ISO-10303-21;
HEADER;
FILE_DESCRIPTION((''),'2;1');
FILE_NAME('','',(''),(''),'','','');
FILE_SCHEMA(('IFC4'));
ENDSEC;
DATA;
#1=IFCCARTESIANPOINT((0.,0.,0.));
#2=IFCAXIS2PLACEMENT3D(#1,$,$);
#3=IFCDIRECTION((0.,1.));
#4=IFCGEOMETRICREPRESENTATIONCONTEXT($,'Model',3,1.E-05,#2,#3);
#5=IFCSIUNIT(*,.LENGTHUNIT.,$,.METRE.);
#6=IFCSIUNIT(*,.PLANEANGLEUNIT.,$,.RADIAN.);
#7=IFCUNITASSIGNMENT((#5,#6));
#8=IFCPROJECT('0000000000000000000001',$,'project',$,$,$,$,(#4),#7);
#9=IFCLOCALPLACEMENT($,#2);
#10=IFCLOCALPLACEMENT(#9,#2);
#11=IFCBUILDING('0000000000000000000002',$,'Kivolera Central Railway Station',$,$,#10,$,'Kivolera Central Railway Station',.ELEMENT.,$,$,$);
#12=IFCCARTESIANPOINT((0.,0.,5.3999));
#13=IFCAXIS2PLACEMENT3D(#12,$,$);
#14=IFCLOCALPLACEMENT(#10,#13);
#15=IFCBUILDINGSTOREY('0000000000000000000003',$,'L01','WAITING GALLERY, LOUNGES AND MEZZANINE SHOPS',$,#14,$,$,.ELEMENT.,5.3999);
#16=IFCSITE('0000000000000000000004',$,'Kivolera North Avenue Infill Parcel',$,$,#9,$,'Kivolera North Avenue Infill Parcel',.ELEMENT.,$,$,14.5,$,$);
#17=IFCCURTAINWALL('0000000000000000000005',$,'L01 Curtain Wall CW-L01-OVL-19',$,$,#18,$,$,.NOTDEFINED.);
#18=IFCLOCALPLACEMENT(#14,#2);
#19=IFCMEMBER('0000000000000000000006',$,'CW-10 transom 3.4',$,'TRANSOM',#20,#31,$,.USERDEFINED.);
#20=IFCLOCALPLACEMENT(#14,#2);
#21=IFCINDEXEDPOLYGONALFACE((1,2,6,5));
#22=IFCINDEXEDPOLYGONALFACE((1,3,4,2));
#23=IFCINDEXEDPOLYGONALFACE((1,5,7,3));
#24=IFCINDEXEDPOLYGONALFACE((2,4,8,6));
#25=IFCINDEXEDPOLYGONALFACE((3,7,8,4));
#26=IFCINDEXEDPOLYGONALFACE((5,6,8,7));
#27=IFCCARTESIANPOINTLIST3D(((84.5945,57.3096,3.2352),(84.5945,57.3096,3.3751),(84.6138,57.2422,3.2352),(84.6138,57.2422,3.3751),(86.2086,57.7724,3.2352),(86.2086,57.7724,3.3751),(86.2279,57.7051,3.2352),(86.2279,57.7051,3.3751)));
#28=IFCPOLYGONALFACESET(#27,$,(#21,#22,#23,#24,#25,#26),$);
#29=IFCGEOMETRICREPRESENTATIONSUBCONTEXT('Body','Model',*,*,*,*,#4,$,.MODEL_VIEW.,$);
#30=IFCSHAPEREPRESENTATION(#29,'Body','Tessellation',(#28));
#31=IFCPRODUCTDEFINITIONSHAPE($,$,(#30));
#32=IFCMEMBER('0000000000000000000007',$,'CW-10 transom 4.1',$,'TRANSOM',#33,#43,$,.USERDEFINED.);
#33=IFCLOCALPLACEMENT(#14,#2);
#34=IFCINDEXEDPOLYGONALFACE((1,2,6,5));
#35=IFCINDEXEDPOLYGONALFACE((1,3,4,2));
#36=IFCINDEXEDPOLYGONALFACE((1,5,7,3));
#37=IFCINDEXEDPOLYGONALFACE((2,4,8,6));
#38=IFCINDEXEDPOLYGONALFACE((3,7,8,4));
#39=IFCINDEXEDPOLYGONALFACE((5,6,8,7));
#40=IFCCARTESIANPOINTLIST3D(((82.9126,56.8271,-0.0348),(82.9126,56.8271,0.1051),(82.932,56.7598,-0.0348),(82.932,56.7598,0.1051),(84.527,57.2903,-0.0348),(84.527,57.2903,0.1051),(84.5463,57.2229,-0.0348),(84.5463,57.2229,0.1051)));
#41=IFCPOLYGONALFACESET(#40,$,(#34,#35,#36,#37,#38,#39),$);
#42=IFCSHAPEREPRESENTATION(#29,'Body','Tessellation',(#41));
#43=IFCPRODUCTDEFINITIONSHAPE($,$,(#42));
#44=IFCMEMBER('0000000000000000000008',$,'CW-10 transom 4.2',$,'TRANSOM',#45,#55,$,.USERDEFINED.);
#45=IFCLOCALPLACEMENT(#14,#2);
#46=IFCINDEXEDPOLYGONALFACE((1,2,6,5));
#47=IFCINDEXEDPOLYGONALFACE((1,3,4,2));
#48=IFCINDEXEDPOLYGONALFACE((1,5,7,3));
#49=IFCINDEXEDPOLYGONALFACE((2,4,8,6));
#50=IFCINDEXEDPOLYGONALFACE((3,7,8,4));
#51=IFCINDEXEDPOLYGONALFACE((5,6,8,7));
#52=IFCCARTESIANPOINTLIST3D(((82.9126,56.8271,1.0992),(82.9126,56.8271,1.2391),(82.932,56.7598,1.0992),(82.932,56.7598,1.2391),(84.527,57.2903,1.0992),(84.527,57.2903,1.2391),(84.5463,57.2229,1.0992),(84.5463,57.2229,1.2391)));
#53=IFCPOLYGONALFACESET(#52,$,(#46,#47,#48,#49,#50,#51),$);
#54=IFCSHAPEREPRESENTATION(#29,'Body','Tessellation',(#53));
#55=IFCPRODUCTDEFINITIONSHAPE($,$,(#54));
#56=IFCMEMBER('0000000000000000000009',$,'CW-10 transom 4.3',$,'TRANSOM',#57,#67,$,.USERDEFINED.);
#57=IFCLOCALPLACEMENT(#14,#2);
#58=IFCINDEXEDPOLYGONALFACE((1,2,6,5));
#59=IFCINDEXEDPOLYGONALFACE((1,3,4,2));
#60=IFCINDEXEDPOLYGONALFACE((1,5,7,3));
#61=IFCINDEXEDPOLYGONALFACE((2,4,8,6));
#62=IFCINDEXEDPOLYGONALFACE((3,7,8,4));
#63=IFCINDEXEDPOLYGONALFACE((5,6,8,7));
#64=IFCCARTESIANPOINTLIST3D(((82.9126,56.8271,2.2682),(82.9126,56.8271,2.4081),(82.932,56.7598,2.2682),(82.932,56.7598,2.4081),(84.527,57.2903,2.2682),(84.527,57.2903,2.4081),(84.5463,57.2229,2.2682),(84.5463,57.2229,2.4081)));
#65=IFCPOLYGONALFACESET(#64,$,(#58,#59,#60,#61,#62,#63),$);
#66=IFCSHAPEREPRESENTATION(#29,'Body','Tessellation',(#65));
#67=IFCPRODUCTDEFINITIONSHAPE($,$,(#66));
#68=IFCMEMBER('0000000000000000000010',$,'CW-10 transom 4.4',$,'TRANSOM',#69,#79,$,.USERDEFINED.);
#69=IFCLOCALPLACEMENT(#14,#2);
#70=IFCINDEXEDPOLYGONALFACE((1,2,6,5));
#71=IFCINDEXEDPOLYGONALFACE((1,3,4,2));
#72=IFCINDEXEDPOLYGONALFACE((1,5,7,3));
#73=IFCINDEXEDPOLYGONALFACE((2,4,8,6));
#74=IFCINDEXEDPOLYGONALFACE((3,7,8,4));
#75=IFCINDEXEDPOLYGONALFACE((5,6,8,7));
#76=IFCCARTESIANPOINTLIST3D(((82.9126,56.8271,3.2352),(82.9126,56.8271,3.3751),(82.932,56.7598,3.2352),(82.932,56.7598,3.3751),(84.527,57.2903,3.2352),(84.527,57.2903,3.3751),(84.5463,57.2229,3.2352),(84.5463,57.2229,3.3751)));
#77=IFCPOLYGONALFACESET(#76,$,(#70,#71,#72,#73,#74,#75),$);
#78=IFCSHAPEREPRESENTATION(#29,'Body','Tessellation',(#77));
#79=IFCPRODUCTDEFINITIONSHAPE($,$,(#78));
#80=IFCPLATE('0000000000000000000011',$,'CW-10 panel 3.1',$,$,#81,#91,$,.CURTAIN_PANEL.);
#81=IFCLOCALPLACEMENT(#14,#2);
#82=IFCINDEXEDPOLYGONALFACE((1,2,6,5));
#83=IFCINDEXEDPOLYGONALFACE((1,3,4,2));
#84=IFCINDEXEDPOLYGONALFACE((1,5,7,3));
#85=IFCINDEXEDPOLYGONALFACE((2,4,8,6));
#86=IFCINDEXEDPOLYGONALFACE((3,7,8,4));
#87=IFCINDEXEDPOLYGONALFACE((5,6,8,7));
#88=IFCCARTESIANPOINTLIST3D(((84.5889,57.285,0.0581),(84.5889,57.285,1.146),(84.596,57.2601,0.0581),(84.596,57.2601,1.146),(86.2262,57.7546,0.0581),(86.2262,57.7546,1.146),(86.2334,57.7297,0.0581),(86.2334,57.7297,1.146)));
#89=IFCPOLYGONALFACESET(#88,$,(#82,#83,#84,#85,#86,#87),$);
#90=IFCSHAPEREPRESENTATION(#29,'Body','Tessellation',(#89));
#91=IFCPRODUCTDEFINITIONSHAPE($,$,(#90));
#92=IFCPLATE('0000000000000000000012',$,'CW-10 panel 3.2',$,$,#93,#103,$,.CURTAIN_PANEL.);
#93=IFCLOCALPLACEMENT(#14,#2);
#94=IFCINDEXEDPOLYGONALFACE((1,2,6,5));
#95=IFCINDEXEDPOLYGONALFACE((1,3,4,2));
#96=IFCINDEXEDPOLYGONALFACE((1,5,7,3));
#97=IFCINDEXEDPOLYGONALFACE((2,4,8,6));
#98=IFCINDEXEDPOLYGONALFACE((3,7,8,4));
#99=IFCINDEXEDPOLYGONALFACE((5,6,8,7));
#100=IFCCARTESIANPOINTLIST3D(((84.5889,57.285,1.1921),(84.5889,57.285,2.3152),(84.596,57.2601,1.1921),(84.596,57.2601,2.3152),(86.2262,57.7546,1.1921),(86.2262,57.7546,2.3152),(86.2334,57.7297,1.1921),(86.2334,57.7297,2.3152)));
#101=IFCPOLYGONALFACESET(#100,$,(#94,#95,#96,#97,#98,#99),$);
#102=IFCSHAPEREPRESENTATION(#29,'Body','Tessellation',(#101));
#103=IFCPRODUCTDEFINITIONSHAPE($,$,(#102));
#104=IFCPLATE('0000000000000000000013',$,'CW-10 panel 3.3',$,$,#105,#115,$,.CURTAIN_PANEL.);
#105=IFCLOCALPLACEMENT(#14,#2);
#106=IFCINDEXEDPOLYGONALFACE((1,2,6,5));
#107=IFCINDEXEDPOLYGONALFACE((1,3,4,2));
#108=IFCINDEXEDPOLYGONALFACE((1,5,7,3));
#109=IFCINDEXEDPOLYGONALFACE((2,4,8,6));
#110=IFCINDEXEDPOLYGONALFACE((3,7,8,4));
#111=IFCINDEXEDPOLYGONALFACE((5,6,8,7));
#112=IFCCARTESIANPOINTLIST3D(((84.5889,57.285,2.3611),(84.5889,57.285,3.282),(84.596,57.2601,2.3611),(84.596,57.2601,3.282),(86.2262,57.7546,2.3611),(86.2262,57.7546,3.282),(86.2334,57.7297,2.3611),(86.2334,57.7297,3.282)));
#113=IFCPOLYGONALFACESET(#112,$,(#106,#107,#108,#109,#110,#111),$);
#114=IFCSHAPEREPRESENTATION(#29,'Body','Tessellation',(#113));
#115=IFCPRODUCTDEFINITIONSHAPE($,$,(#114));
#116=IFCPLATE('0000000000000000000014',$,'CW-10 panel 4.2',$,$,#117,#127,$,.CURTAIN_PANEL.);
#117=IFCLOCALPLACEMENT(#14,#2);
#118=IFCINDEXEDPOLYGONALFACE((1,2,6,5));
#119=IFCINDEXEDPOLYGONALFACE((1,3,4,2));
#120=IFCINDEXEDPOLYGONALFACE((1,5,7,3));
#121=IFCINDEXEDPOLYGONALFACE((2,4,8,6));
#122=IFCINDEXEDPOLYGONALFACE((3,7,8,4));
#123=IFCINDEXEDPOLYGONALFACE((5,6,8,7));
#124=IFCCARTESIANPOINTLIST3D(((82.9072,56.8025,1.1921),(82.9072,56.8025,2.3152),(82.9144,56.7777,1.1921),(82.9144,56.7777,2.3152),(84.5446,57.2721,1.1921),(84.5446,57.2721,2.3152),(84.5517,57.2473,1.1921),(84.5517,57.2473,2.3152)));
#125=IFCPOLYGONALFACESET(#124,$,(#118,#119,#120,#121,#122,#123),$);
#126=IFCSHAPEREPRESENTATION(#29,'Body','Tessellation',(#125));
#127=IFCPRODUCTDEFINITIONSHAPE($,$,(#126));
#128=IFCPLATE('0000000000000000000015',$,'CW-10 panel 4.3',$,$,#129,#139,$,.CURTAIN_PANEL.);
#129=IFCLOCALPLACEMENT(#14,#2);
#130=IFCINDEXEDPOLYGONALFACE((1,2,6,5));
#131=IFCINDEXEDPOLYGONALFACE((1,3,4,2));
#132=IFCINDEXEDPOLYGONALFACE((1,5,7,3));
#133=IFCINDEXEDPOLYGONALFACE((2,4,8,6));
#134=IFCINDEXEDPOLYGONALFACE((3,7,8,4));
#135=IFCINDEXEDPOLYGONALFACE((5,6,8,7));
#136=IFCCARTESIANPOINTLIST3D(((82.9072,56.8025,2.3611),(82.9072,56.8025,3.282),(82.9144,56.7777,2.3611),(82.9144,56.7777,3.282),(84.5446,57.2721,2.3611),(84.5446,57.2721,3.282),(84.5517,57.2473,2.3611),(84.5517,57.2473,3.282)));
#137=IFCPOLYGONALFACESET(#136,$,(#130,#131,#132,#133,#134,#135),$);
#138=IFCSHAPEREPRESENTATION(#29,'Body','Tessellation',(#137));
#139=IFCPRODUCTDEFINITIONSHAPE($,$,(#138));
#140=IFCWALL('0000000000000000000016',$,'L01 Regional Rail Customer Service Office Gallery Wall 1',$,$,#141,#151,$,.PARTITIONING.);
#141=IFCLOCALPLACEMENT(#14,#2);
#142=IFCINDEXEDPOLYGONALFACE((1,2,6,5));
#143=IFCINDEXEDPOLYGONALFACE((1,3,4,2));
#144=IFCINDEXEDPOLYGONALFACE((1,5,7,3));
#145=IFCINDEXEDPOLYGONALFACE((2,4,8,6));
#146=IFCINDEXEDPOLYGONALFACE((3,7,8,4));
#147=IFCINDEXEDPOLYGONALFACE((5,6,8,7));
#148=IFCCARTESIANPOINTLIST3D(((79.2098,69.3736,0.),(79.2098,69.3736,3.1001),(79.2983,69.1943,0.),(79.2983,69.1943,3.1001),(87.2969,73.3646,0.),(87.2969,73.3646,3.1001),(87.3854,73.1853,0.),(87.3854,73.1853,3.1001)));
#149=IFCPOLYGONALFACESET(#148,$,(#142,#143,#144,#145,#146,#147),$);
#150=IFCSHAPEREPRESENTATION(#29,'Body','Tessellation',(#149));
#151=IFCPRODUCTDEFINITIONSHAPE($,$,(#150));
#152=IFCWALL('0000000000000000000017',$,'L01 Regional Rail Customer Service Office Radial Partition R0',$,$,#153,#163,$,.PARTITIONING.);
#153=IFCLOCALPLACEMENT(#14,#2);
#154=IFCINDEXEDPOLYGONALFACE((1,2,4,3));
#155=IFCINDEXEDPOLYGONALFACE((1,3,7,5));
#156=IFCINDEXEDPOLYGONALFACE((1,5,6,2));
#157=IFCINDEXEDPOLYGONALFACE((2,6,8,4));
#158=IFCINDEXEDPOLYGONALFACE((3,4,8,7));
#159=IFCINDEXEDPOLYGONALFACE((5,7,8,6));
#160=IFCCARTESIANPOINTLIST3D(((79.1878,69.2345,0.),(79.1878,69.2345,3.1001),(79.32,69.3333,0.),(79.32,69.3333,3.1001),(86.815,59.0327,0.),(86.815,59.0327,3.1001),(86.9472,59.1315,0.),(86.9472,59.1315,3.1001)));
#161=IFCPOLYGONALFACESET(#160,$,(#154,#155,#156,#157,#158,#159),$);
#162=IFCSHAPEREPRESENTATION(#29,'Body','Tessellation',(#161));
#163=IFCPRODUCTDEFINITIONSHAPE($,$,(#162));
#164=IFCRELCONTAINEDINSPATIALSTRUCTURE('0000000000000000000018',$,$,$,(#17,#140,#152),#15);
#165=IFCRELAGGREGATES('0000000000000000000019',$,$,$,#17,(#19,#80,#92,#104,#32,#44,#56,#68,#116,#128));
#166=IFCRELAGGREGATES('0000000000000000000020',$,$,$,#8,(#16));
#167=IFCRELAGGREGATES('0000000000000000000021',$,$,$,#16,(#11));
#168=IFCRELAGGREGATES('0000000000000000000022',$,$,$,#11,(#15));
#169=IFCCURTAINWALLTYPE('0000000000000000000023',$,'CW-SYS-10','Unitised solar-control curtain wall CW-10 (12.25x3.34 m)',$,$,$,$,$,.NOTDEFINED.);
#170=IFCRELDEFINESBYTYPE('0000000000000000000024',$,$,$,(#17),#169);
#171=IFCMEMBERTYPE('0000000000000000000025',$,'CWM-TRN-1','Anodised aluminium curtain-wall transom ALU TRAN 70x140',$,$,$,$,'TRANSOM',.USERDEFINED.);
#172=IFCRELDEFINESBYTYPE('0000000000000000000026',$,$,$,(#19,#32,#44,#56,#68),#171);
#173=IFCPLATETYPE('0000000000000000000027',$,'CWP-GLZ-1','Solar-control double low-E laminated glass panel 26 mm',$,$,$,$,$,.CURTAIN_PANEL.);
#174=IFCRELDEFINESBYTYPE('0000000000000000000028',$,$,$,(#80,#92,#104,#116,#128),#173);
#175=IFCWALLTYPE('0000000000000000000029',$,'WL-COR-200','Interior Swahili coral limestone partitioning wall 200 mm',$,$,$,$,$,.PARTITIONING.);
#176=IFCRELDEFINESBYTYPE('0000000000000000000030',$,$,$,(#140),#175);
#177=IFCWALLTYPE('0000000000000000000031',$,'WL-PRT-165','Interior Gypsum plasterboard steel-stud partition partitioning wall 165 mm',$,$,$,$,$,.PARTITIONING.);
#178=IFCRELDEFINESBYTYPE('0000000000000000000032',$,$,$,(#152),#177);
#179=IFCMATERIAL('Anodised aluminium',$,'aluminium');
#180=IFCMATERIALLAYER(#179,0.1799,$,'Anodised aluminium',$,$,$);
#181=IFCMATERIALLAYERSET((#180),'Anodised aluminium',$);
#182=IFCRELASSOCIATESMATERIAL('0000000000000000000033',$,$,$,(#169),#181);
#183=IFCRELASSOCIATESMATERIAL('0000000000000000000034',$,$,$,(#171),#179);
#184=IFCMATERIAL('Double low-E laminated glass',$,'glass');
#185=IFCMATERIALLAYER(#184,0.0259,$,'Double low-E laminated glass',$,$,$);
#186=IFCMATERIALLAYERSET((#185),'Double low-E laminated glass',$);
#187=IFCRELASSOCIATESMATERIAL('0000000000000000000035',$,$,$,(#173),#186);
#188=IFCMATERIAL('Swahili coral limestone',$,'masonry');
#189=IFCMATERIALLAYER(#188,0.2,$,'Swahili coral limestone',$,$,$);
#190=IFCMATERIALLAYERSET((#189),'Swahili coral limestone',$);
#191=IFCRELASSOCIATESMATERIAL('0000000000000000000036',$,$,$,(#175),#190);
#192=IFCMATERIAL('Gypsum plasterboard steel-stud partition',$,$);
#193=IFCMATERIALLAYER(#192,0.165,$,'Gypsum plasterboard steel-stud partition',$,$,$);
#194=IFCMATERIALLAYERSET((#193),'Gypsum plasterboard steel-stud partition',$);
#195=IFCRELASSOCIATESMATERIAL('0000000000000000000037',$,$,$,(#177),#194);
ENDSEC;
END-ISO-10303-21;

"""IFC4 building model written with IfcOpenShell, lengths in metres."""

from ifc_helpers import new_model, si_unit, direction, frame, frame_2d, origin, origin_2d, place, context, subcontext, project, spatial, rectangle, extrude, material, layer, layer_set, material_profile, profile_set, type_object, element, aggregate, save


model = new_model("IFC4")

# Units and contexts
model_context = context("Model", 3, precision=1e-05, world=origin(), true_north=direction((0.0, 1.0)))
body_context = subcontext(model_context, "Body", "Model", "MODEL_VIEW")
ifc_project = project(units=[si_unit("LENGTHUNIT", "METRE"), si_unit("PLANEANGLEUNIT", "RADIAN")], contexts=[model_context])

# Site, building, storey
site_placement = place(None, origin())
site = spatial("IfcSite", under=ifc_project, at=site_placement, Name="Kivolera North Avenue Infill Parcel", LongName="Kivolera North Avenue Infill Parcel", CompositionType="ELEMENT", RefElevation=14.5)
building_placement = place(site_placement, origin())
building = spatial("IfcBuilding", under=site, at=building_placement, Name="Kivolera Central Railway Station", LongName="Kivolera Central Railway Station", CompositionType="ELEMENT")
storey_placement = place(building_placement, frame((0.0, 0.0, 5.3999)))
storey = spatial("IfcBuildingStorey", under=building, at=storey_placement, Name="L01", Description="WAITING GALLERY, LOUNGES AND MEZZANINE SHOPS", CompositionType="ELEMENT", Elevation=5.3999)

# Curtain wall, members, plates
ifc_material_1 = material(Name="Anodised aluminium", Category="aluminium")
ifc_layer_1 = layer(ifc_material_1, 0.1799, Name="Anodised aluminium")
ifc_layer_set_1 = layer_set([ifc_layer_1], Name="Anodised aluminium")
curtain_wall_type = type_object("IfcCurtainWallType", Name="CW-SYS-10", Description="Unitised solar-control curtain wall CW-10 (12.25x3.34 m)", PredefinedType="NOTDEFINED", material=ifc_layer_set_1)
curtain_wall_placement = place(storey_placement, origin())
curtain_wall = element("IfcCurtainWall", 1, at=curtain_wall_placement, inside=storey, type_object=curtain_wall_type, Name="L01 Curtain Wall CW-L01-OVL-19", PredefinedType="NOTDEFINED")
ifc_material_profile_1 = material_profile(ifc_material_1, rectangle(XDim=0.0701, YDim=0.1399, at=origin_2d()), Name="ALU TRAN 70x140")
ifc_profile_set_1 = profile_set([ifc_material_profile_1], Name="Anodised aluminium")
member_type_1 = type_object("IfcMemberType", Name="CWM-TRN-1", Description="Anodised aluminium curtain-wall transom ALU TRAN 70x140", ElementType="TRANSOM", PredefinedType="USERDEFINED", material=ifc_profile_set_1)
member_1_placement = place(storey_placement, frame((86.2183, 57.7388, 3.3052), z_axis=(-0.96126, -0.275643, 0.0), x_axis=(0.275643, -0.96126, 0.0)))
member_1 = element("IfcMember", 2, at=member_1_placement, type_object=member_type_1, Name="CW-10 transom 3.4", ObjectType="TRANSOM", PredefinedType="USERDEFINED", context=body_context, shape_type="SweptSolid", body=[
    extrude(rectangle(XDim=0.0701, YDim=0.1399, at=origin_2d()), origin(), (0.0, 0.0, 1.0), 1.6792),
])
member_2_placement = place(storey_placement, frame((84.5366, 57.2566, 0.0352), z_axis=(-0.961222, -0.275777, 0.0), x_axis=(0.275777, -0.961222, 0.0)))
member_2 = element("IfcMember", 3, at=member_2_placement, type_object=member_type_1, Name="CW-10 transom 4.1", ObjectType="TRANSOM", PredefinedType="USERDEFINED", context=body_context, shape_type="SweptSolid", body=[
    extrude(rectangle(XDim=0.0701, YDim=0.1399, at=origin_2d()), origin(), (0.0, 0.0, 1.0), 1.6794),
])
member_3_placement = place(storey_placement, frame((84.5366, 57.2566, 1.1692), z_axis=(-0.961222, -0.275777, 0.0), x_axis=(0.275777, -0.961222, 0.0)))
member_3 = element("IfcMember", 4, at=member_3_placement, type_object=member_type_1, Name="CW-10 transom 4.2", ObjectType="TRANSOM", PredefinedType="USERDEFINED", context=body_context, shape_type="SweptSolid", body=[
    extrude(rectangle(XDim=0.0701, YDim=0.1399, at=origin_2d()), origin(), (0.0, 0.0, 1.0), 1.6794),
])
member_4_placement = place(storey_placement, frame((84.5366, 57.2566, 2.3381), z_axis=(-0.961222, -0.275777, 0.0), x_axis=(0.275777, -0.961222, 0.0)))
member_4 = element("IfcMember", 5, at=member_4_placement, type_object=member_type_1, Name="CW-10 transom 4.3", ObjectType="TRANSOM", PredefinedType="USERDEFINED", context=body_context, shape_type="SweptSolid", body=[
    extrude(rectangle(XDim=0.0701, YDim=0.1399, at=origin_2d()), origin(), (0.0, 0.0, 1.0), 1.6794),
])
member_5_placement = place(storey_placement, frame((84.5366, 57.2566, 3.3052), z_axis=(-0.961222, -0.275777, 0.0), x_axis=(0.275777, -0.961222, 0.0)))
member_5 = element("IfcMember", 6, at=member_5_placement, type_object=member_type_1, Name="CW-10 transom 4.4", ObjectType="TRANSOM", PredefinedType="USERDEFINED", context=body_context, shape_type="SweptSolid", body=[
    extrude(rectangle(XDim=0.0701, YDim=0.1399, at=origin_2d()), origin(), (0.0, 0.0, 1.0), 1.6794),
])
ifc_material_2 = material(Name="Double low-E laminated glass", Category="glass")
ifc_layer_2 = layer(ifc_material_2, 0.0259, Name="Double low-E laminated glass")
ifc_layer_set_2 = layer_set([ifc_layer_2], Name="Double low-E laminated glass")
plate_type = type_object("IfcPlateType", Name="CWP-GLZ-1", Description="Solar-control double low-E laminated glass panel 26 mm", PredefinedType="CURTAIN_PANEL", material=ifc_layer_set_2)
plate_1_placement = place(storey_placement, frame((85.4111, 57.5073, 0.0581), z_axis=(0.0, 0.0, 1.0), x_axis=(-0.961246, -0.275692, 0.0)))
plate_1 = element("IfcPlate", 7, at=plate_1_placement, type_object=plate_type, Name="CW-10 panel 3.1", PredefinedType="CURTAIN_PANEL", context=body_context, shape_type="SweptSolid", body=[
    extrude(rectangle(XDim=1.7034, YDim=0.0259, at=origin_2d()), origin(), (0.0, 0.0, 1.0), 1.0879),
])
plate_2_placement = place(storey_placement, frame((85.4111, 57.5073, 1.1921), z_axis=(0.0, 0.0, 1.0), x_axis=(-0.961246, -0.275692, 0.0)))
plate_2 = element("IfcPlate", 8, at=plate_2_placement, type_object=plate_type, Name="CW-10 panel 3.2", PredefinedType="CURTAIN_PANEL", context=body_context, shape_type="SweptSolid", body=[
    extrude(rectangle(XDim=1.7034, YDim=0.0259, at=origin_2d()), origin(), (0.0, 0.0, 1.0), 1.123),
])
plate_3_placement = place(storey_placement, frame((85.4111, 57.5073, 2.3611), z_axis=(0.0, 0.0, 1.0), x_axis=(-0.961246, -0.275692, 0.0)))
plate_3 = element("IfcPlate", 9, at=plate_3_placement, type_object=plate_type, Name="CW-10 panel 3.3", PredefinedType="CURTAIN_PANEL", context=body_context, shape_type="SweptSolid", body=[
    extrude(rectangle(XDim=1.7034, YDim=0.0259, at=origin_2d()), origin(), (0.0, 0.0, 1.0), 0.9209),
])
plate_4_placement = place(storey_placement, frame((83.7295, 57.0249, 1.1921), z_axis=(0.0, 0.0, 1.0), x_axis=(-0.961246, -0.275692, 0.0)))
plate_4 = element("IfcPlate", 10, at=plate_4_placement, type_object=plate_type, Name="CW-10 panel 4.2", PredefinedType="CURTAIN_PANEL", context=body_context, shape_type="SweptSolid", body=[
    extrude(rectangle(XDim=1.7034, YDim=0.0259, at=origin_2d()), origin(), (0.0, 0.0, 1.0), 1.123),
])
plate_5_placement = place(storey_placement, frame((83.7295, 57.0249, 2.3611), z_axis=(0.0, 0.0, 1.0), x_axis=(-0.961246, -0.275692, 0.0)))
plate_5 = element("IfcPlate", 11, at=plate_5_placement, type_object=plate_type, Name="CW-10 panel 4.3", PredefinedType="CURTAIN_PANEL", context=body_context, shape_type="SweptSolid", body=[
    extrude(rectangle(XDim=1.7034, YDim=0.0259, at=origin_2d()), origin(), (0.0, 0.0, 1.0), 0.9209),
])
aggregate(curtain_wall, [member_1, plate_1, plate_2, plate_3, member_2, member_3, member_4, member_5, plate_4, plate_5])

# Walls
ifc_material_3 = material(Name="Swahili coral limestone", Category="masonry")
ifc_layer_3 = layer(ifc_material_3, 0.2, Name="Swahili coral limestone")
ifc_layer_set_3 = layer_set([ifc_layer_3], Name="Swahili coral limestone")
wall_type_1 = type_object("IfcWallType", Name="WL-COR-200", Description="Interior Swahili coral limestone partitioning wall 200 mm", PredefinedType="PARTITIONING", material=ifc_layer_set_3)
wall_1_placement = place(storey_placement, frame((79.2539, 69.2839, 0.0), z_axis=(0.0, 0.0, 1.0), x_axis=(0.896749, 0.44254, 0.0)))
element("IfcWall", 12, at=wall_1_placement, inside=storey, type_object=wall_type_1, Name="L01 Regional Rail Customer Service Office Gallery Wall 1", PredefinedType="PARTITIONING", context=body_context, shape_type="SweptSolid", body=[
    extrude(rectangle(XDim=9.0183, YDim=0.2, at=frame_2d((4.5093, 0.0))), origin(), (0.0, 0.0, 1.0), 3.1001),
])
ifc_material_4 = material(Name="Gypsum plasterboard steel-stud partition")
ifc_layer_4 = layer(ifc_material_4, 0.165, Name="Gypsum plasterboard steel-stud partition")
ifc_layer_set_4 = layer_set([ifc_layer_4], Name="Gypsum plasterboard steel-stud partition")
wall_type_2 = type_object("IfcWallType", Name="WL-PRT-165", Description="Interior Gypsum plasterboard steel-stud partition partitioning wall 165 mm", PredefinedType="PARTITIONING", material=ifc_layer_set_4)
wall_2_placement = place(storey_placement, frame((79.2539, 69.2839, 0.0), z_axis=(0.0, 0.0, 1.0), x_axis=(0.598782, -0.800912, 0.0)))
element("IfcWall", 13, at=wall_2_placement, inside=storey, type_object=wall_type_2, Name="L01 Regional Rail Customer Service Office Radial Partition R0", PredefinedType="PARTITIONING", context=body_context, shape_type="SweptSolid", body=[
    extrude(rectangle(XDim=12.7378, YDim=0.165, at=frame_2d((6.3689, 0.0))), origin(), (0.0, 0.0, 1.0), 3.1001),
])

save(model, "model.ifc")
